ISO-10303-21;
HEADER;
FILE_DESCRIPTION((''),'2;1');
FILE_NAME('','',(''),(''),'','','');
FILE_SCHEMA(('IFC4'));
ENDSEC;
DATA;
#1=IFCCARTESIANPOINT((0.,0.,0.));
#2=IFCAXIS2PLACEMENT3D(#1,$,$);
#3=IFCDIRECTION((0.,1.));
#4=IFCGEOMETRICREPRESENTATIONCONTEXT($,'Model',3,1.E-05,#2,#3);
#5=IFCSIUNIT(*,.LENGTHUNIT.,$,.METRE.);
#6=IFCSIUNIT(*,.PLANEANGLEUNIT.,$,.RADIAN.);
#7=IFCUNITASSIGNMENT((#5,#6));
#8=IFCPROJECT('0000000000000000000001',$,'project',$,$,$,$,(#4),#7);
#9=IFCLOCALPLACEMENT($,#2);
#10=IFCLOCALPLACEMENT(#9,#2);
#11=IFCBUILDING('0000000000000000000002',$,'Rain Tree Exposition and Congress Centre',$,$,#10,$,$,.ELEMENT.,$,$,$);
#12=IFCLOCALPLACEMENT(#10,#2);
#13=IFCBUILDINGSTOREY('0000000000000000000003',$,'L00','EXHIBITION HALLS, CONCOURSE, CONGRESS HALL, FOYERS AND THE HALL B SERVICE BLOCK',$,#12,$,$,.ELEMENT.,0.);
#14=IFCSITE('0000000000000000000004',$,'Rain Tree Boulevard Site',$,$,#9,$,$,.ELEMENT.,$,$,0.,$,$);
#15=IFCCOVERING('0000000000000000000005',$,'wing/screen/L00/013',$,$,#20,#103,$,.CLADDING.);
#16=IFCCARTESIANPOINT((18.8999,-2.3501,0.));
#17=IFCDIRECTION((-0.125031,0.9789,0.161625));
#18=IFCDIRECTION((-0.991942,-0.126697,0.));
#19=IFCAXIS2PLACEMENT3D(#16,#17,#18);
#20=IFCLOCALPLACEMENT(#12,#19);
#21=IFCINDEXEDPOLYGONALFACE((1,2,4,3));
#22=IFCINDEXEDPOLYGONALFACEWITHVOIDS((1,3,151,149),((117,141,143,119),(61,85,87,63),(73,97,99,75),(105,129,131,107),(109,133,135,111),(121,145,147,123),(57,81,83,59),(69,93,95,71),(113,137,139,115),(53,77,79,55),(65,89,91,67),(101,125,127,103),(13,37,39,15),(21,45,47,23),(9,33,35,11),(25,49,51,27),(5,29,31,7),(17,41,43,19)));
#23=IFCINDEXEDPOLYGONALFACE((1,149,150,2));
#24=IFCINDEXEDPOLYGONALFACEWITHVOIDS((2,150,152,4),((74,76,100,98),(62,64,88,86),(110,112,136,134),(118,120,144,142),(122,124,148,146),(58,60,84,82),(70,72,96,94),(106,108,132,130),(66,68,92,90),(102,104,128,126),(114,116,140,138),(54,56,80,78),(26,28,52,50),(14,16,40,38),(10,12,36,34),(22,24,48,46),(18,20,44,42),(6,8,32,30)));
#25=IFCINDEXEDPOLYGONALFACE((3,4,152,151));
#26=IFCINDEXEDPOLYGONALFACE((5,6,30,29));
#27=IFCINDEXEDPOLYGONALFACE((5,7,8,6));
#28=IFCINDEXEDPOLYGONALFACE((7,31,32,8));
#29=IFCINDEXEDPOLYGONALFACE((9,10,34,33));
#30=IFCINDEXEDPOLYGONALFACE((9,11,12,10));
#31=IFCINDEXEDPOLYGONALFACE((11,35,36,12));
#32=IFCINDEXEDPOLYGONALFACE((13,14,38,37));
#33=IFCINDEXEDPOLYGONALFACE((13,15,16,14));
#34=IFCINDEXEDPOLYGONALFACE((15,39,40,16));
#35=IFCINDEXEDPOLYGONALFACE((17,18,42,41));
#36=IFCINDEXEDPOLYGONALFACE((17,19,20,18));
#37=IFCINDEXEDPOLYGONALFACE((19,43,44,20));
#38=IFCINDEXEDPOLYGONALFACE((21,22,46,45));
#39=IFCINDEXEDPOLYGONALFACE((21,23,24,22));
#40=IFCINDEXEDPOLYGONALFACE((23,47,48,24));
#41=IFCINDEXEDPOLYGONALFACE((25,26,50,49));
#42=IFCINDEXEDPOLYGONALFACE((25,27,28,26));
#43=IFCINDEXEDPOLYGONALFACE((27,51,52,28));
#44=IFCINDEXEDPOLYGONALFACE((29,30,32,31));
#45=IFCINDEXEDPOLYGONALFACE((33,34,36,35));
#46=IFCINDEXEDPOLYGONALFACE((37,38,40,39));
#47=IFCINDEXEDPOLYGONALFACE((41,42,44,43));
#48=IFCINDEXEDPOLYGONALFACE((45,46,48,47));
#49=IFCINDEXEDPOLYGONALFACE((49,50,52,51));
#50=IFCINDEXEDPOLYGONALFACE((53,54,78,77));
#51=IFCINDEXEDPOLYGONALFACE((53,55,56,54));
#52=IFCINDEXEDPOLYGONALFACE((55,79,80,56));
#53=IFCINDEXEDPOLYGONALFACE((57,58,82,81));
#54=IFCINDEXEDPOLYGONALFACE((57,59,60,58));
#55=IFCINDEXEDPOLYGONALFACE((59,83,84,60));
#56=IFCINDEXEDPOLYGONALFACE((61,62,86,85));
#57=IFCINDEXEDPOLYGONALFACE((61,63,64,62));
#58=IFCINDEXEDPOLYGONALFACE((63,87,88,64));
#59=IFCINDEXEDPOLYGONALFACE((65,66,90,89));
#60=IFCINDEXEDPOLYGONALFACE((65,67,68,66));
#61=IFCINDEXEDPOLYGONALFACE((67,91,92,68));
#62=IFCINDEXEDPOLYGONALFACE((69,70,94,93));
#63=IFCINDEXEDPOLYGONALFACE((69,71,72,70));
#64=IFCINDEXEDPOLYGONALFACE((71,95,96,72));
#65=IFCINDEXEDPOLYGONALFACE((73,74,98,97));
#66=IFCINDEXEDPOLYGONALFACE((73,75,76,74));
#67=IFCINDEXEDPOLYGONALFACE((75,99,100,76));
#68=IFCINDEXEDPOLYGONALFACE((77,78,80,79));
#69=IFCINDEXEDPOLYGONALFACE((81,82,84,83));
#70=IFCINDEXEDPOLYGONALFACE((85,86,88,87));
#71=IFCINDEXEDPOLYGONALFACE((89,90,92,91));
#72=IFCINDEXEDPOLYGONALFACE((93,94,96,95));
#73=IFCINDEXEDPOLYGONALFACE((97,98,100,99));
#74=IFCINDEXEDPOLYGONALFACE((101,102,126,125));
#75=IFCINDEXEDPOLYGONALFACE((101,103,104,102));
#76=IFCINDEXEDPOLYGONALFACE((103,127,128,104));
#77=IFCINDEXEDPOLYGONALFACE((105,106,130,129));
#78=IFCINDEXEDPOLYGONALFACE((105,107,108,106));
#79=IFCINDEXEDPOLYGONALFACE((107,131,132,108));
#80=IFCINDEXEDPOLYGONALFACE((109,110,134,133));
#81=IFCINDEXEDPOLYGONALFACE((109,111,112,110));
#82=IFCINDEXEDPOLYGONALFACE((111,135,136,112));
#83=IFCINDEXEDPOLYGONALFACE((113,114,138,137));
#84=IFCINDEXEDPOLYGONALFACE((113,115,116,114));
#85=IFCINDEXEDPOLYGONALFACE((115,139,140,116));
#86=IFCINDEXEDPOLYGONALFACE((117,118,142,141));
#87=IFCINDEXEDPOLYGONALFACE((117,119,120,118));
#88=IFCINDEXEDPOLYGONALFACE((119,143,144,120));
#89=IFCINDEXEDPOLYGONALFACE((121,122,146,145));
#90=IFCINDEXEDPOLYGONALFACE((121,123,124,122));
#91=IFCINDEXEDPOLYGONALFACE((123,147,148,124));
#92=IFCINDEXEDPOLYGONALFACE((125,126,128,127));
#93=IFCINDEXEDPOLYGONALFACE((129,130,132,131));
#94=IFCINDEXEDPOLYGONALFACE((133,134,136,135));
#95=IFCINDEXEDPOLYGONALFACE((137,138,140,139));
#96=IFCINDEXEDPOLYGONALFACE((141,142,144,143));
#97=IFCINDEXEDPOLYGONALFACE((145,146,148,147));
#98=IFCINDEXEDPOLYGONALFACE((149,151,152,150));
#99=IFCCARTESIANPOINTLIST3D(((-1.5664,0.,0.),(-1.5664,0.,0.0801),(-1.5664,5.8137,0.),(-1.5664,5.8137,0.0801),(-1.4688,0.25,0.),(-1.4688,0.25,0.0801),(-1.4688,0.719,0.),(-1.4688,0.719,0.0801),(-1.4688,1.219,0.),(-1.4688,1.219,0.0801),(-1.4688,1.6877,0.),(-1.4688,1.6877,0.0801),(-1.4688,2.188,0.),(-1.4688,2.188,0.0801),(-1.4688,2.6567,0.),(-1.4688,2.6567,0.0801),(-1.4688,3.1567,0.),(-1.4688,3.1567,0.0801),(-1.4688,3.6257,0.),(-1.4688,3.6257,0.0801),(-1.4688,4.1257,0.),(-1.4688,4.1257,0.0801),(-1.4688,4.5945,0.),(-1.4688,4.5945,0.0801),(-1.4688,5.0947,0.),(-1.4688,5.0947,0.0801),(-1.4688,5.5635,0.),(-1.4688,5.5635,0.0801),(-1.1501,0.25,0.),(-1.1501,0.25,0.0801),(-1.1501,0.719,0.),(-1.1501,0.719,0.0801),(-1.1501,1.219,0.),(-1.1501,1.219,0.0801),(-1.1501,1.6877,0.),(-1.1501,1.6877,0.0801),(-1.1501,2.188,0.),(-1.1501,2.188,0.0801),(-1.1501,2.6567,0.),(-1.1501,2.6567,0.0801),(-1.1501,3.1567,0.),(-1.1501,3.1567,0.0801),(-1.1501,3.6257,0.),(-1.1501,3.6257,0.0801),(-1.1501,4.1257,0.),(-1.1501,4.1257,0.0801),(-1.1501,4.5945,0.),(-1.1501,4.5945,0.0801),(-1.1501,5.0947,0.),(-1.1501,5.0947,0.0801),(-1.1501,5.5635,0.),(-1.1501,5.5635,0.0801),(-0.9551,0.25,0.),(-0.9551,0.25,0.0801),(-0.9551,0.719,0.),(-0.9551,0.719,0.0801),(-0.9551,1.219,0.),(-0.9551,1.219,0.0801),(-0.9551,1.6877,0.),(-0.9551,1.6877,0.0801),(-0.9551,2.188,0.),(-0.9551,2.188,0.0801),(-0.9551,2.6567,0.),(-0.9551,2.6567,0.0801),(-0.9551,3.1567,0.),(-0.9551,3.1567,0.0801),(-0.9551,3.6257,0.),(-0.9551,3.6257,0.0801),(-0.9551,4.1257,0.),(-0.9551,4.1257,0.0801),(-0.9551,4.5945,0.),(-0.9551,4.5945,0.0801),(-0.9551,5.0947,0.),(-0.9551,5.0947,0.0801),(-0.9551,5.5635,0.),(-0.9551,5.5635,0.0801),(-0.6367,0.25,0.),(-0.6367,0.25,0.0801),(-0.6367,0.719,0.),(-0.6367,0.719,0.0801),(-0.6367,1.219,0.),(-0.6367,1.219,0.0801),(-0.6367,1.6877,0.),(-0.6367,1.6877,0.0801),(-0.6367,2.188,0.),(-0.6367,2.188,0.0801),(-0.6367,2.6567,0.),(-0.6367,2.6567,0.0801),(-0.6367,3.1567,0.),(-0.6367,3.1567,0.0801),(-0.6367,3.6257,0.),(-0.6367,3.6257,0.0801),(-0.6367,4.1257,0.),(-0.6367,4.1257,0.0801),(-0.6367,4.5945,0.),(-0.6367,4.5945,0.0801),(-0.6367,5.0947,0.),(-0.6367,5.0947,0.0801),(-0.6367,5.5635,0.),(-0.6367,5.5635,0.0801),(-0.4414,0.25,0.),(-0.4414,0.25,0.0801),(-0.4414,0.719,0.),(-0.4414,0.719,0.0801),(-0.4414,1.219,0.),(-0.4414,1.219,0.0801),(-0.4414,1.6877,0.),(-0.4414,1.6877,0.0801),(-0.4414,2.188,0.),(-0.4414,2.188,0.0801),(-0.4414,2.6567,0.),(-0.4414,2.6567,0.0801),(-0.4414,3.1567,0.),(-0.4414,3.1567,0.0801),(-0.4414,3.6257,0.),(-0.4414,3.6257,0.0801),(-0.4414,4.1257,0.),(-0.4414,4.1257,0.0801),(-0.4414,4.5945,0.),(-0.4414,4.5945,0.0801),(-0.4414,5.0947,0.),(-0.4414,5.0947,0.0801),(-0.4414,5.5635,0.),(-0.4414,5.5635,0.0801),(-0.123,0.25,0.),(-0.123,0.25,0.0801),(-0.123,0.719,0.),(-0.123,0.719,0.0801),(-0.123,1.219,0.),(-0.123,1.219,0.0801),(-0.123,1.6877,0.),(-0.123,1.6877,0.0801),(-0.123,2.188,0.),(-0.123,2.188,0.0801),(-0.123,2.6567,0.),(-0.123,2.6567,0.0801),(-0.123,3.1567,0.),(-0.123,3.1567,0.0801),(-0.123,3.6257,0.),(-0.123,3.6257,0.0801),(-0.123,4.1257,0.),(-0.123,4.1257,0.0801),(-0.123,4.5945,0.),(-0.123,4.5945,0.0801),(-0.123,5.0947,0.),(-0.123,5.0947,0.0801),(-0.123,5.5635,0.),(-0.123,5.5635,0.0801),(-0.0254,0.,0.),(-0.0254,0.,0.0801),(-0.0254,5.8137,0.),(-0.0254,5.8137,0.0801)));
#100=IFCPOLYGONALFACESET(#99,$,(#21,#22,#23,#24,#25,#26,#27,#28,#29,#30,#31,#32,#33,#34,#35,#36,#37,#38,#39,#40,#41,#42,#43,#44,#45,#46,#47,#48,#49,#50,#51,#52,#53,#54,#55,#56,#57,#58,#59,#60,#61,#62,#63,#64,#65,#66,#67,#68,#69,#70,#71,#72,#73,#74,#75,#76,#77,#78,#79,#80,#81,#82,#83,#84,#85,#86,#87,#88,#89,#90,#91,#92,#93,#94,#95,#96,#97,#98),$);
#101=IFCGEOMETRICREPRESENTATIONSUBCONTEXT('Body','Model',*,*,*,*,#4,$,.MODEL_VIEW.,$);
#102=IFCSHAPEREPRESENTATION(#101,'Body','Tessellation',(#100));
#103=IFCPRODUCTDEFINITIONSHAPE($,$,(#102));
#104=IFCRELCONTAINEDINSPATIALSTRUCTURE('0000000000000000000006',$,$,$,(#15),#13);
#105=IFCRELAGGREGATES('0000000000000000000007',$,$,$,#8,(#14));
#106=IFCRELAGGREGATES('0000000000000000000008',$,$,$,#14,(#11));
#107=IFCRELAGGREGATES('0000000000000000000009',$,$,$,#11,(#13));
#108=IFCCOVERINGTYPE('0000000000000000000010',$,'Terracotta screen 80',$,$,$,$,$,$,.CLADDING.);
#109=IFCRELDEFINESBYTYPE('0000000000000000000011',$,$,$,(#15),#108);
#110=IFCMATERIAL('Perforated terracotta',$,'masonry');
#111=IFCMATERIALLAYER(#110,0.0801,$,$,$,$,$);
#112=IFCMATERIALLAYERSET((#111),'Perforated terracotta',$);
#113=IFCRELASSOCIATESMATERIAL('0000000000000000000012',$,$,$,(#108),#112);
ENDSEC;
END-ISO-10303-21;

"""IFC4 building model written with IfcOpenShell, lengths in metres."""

from ifc_helpers import new_model, si_unit, direction, frame, origin, place, context, subcontext, project, spatial, polyline, outline, extrude, material, layer, layer_set, type_object, element, save


model = new_model("IFC4")

# Units and contexts
model_context = context("Model", 3, precision=1e-05, world=origin(), true_north=direction((0.0, 1.0)))
body_context = subcontext(model_context, "Body", "Model", "MODEL_VIEW")
ifc_project = project(units=[si_unit("LENGTHUNIT", "METRE"), si_unit("PLANEANGLEUNIT", "RADIAN")], contexts=[model_context])

# Site, building, storey
site_placement = place(None, origin())
site = spatial("IfcSite", under=ifc_project, at=site_placement, Name="Rain Tree Boulevard Site", CompositionType="ELEMENT", RefElevation=0.0)
building_placement = place(site_placement, origin())
building = spatial("IfcBuilding", under=site, at=building_placement, Name="Rain Tree Exposition and Congress Centre", CompositionType="ELEMENT")
storey_placement = place(building_placement, origin())
storey = spatial("IfcBuildingStorey", under=building, at=storey_placement, Name="L00", Description="EXHIBITION HALLS, CONCOURSE, CONGRESS HALL, FOYERS AND THE HALL B SERVICE BLOCK", CompositionType="ELEMENT", Elevation=0.0)

# Covering
ifc_material_1 = material(Name="Perforated terracotta", Category="masonry")
ifc_layer_1 = layer(ifc_material_1, 0.0801)
ifc_layer_set_1 = layer_set([ifc_layer_1], Name="Perforated terracotta")
covering_type = type_object("IfcCoveringType", Name="Terracotta screen 80", PredefinedType="CLADDING", material=ifc_layer_set_1)
covering_1_placement = place(storey_placement, frame((18.8999, -2.3501, 0.0), z_axis=(-0.125031, 0.9789, 0.161625), x_axis=(-0.991942, -0.126697, 0.0)))
element("IfcCovering", 1, at=covering_1_placement, inside=storey, type_object=covering_type, Name="wing/screen/L00/013", PredefinedType="CLADDING", context=body_context, shape_type="SweptSolid", body=[
    extrude(outline(polyline([(-1.5664, 0.0), (-1.5664, 5.8137), (-0.0254, 5.8137), (-0.0254, 0.0), (-1.5664, 0.0)]), holes=[polyline([(-0.123, 0.25), (-0.123, 0.719), (-0.4414, 0.719), (-0.4414, 0.25), (-0.123, 0.25)]), polyline([(-0.123, 1.219), (-0.123, 1.6877), (-0.4414, 1.6877), (-0.4414, 1.219), (-0.123, 1.219)]), polyline([(-0.123, 2.188), (-0.123, 2.6567), (-0.4414, 2.6567), (-0.4414, 2.188), (-0.123, 2.188)]), polyline([(-0.123, 3.1567), (-0.123, 3.6257), (-0.4414, 3.6257), (-0.4414, 3.1567), (-0.123, 3.1567)]), polyline([(-0.123, 4.1257), (-0.123, 4.5945), (-0.4414, 4.5945), (-0.4414, 4.1257), (-0.123, 4.1257)]), polyline([(-0.123, 5.0947), (-0.123, 5.5635), (-0.4414, 5.5635), (-0.4414, 5.0947), (-0.123, 5.0947)]), polyline([(-0.6367, 0.25), (-0.6367, 0.719), (-0.9551, 0.719), (-0.9551, 0.25), (-0.6367, 0.25)]), polyline([(-0.6367, 1.219), (-0.6367, 1.6877), (-0.9551, 1.6877), (-0.9551, 1.219), (-0.6367, 1.219)]), polyline([(-0.6367, 2.188), (-0.6367, 2.6567), (-0.9551, 2.6567), (-0.9551, 2.188), (-0.6367, 2.188)]), polyline([(-0.6367, 3.1567), (-0.6367, 3.6257), (-0.9551, 3.6257), (-0.9551, 3.1567), (-0.6367, 3.1567)]), polyline([(-0.6367, 4.1257), (-0.6367, 4.5945), (-0.9551, 4.5945), (-0.9551, 4.1257), (-0.6367, 4.1257)]), polyline([(-0.6367, 5.0947), (-0.6367, 5.5635), (-0.9551, 5.5635), (-0.9551, 5.0947), (-0.6367, 5.0947)]), polyline([(-1.1501, 0.25), (-1.1501, 0.719), (-1.4688, 0.719), (-1.4688, 0.25), (-1.1501, 0.25)]), polyline([(-1.1501, 1.219), (-1.1501, 1.6877), (-1.4688, 1.6877), (-1.4688, 1.219), (-1.1501, 1.219)]), polyline([(-1.1501, 2.188), (-1.1501, 2.6567), (-1.4688, 2.6567), (-1.4688, 2.188), (-1.1501, 2.188)]), polyline([(-1.1501, 3.1567), (-1.1501, 3.6257), (-1.4688, 3.6257), (-1.4688, 3.1567), (-1.1501, 3.1567)]), polyline([(-1.1501, 4.1257), (-1.1501, 4.5945), (-1.4688, 4.5945), (-1.4688, 4.1257), (-1.1501, 4.1257)]), polyline([(-1.1501, 5.0947), (-1.1501, 5.5635), (-1.4688, 5.5635), (-1.4688, 5.0947), (-1.1501, 5.0947)])]), origin(), (0.0, 0.0, 1.0), 0.0801),
])

save(model, "model.ifc")
